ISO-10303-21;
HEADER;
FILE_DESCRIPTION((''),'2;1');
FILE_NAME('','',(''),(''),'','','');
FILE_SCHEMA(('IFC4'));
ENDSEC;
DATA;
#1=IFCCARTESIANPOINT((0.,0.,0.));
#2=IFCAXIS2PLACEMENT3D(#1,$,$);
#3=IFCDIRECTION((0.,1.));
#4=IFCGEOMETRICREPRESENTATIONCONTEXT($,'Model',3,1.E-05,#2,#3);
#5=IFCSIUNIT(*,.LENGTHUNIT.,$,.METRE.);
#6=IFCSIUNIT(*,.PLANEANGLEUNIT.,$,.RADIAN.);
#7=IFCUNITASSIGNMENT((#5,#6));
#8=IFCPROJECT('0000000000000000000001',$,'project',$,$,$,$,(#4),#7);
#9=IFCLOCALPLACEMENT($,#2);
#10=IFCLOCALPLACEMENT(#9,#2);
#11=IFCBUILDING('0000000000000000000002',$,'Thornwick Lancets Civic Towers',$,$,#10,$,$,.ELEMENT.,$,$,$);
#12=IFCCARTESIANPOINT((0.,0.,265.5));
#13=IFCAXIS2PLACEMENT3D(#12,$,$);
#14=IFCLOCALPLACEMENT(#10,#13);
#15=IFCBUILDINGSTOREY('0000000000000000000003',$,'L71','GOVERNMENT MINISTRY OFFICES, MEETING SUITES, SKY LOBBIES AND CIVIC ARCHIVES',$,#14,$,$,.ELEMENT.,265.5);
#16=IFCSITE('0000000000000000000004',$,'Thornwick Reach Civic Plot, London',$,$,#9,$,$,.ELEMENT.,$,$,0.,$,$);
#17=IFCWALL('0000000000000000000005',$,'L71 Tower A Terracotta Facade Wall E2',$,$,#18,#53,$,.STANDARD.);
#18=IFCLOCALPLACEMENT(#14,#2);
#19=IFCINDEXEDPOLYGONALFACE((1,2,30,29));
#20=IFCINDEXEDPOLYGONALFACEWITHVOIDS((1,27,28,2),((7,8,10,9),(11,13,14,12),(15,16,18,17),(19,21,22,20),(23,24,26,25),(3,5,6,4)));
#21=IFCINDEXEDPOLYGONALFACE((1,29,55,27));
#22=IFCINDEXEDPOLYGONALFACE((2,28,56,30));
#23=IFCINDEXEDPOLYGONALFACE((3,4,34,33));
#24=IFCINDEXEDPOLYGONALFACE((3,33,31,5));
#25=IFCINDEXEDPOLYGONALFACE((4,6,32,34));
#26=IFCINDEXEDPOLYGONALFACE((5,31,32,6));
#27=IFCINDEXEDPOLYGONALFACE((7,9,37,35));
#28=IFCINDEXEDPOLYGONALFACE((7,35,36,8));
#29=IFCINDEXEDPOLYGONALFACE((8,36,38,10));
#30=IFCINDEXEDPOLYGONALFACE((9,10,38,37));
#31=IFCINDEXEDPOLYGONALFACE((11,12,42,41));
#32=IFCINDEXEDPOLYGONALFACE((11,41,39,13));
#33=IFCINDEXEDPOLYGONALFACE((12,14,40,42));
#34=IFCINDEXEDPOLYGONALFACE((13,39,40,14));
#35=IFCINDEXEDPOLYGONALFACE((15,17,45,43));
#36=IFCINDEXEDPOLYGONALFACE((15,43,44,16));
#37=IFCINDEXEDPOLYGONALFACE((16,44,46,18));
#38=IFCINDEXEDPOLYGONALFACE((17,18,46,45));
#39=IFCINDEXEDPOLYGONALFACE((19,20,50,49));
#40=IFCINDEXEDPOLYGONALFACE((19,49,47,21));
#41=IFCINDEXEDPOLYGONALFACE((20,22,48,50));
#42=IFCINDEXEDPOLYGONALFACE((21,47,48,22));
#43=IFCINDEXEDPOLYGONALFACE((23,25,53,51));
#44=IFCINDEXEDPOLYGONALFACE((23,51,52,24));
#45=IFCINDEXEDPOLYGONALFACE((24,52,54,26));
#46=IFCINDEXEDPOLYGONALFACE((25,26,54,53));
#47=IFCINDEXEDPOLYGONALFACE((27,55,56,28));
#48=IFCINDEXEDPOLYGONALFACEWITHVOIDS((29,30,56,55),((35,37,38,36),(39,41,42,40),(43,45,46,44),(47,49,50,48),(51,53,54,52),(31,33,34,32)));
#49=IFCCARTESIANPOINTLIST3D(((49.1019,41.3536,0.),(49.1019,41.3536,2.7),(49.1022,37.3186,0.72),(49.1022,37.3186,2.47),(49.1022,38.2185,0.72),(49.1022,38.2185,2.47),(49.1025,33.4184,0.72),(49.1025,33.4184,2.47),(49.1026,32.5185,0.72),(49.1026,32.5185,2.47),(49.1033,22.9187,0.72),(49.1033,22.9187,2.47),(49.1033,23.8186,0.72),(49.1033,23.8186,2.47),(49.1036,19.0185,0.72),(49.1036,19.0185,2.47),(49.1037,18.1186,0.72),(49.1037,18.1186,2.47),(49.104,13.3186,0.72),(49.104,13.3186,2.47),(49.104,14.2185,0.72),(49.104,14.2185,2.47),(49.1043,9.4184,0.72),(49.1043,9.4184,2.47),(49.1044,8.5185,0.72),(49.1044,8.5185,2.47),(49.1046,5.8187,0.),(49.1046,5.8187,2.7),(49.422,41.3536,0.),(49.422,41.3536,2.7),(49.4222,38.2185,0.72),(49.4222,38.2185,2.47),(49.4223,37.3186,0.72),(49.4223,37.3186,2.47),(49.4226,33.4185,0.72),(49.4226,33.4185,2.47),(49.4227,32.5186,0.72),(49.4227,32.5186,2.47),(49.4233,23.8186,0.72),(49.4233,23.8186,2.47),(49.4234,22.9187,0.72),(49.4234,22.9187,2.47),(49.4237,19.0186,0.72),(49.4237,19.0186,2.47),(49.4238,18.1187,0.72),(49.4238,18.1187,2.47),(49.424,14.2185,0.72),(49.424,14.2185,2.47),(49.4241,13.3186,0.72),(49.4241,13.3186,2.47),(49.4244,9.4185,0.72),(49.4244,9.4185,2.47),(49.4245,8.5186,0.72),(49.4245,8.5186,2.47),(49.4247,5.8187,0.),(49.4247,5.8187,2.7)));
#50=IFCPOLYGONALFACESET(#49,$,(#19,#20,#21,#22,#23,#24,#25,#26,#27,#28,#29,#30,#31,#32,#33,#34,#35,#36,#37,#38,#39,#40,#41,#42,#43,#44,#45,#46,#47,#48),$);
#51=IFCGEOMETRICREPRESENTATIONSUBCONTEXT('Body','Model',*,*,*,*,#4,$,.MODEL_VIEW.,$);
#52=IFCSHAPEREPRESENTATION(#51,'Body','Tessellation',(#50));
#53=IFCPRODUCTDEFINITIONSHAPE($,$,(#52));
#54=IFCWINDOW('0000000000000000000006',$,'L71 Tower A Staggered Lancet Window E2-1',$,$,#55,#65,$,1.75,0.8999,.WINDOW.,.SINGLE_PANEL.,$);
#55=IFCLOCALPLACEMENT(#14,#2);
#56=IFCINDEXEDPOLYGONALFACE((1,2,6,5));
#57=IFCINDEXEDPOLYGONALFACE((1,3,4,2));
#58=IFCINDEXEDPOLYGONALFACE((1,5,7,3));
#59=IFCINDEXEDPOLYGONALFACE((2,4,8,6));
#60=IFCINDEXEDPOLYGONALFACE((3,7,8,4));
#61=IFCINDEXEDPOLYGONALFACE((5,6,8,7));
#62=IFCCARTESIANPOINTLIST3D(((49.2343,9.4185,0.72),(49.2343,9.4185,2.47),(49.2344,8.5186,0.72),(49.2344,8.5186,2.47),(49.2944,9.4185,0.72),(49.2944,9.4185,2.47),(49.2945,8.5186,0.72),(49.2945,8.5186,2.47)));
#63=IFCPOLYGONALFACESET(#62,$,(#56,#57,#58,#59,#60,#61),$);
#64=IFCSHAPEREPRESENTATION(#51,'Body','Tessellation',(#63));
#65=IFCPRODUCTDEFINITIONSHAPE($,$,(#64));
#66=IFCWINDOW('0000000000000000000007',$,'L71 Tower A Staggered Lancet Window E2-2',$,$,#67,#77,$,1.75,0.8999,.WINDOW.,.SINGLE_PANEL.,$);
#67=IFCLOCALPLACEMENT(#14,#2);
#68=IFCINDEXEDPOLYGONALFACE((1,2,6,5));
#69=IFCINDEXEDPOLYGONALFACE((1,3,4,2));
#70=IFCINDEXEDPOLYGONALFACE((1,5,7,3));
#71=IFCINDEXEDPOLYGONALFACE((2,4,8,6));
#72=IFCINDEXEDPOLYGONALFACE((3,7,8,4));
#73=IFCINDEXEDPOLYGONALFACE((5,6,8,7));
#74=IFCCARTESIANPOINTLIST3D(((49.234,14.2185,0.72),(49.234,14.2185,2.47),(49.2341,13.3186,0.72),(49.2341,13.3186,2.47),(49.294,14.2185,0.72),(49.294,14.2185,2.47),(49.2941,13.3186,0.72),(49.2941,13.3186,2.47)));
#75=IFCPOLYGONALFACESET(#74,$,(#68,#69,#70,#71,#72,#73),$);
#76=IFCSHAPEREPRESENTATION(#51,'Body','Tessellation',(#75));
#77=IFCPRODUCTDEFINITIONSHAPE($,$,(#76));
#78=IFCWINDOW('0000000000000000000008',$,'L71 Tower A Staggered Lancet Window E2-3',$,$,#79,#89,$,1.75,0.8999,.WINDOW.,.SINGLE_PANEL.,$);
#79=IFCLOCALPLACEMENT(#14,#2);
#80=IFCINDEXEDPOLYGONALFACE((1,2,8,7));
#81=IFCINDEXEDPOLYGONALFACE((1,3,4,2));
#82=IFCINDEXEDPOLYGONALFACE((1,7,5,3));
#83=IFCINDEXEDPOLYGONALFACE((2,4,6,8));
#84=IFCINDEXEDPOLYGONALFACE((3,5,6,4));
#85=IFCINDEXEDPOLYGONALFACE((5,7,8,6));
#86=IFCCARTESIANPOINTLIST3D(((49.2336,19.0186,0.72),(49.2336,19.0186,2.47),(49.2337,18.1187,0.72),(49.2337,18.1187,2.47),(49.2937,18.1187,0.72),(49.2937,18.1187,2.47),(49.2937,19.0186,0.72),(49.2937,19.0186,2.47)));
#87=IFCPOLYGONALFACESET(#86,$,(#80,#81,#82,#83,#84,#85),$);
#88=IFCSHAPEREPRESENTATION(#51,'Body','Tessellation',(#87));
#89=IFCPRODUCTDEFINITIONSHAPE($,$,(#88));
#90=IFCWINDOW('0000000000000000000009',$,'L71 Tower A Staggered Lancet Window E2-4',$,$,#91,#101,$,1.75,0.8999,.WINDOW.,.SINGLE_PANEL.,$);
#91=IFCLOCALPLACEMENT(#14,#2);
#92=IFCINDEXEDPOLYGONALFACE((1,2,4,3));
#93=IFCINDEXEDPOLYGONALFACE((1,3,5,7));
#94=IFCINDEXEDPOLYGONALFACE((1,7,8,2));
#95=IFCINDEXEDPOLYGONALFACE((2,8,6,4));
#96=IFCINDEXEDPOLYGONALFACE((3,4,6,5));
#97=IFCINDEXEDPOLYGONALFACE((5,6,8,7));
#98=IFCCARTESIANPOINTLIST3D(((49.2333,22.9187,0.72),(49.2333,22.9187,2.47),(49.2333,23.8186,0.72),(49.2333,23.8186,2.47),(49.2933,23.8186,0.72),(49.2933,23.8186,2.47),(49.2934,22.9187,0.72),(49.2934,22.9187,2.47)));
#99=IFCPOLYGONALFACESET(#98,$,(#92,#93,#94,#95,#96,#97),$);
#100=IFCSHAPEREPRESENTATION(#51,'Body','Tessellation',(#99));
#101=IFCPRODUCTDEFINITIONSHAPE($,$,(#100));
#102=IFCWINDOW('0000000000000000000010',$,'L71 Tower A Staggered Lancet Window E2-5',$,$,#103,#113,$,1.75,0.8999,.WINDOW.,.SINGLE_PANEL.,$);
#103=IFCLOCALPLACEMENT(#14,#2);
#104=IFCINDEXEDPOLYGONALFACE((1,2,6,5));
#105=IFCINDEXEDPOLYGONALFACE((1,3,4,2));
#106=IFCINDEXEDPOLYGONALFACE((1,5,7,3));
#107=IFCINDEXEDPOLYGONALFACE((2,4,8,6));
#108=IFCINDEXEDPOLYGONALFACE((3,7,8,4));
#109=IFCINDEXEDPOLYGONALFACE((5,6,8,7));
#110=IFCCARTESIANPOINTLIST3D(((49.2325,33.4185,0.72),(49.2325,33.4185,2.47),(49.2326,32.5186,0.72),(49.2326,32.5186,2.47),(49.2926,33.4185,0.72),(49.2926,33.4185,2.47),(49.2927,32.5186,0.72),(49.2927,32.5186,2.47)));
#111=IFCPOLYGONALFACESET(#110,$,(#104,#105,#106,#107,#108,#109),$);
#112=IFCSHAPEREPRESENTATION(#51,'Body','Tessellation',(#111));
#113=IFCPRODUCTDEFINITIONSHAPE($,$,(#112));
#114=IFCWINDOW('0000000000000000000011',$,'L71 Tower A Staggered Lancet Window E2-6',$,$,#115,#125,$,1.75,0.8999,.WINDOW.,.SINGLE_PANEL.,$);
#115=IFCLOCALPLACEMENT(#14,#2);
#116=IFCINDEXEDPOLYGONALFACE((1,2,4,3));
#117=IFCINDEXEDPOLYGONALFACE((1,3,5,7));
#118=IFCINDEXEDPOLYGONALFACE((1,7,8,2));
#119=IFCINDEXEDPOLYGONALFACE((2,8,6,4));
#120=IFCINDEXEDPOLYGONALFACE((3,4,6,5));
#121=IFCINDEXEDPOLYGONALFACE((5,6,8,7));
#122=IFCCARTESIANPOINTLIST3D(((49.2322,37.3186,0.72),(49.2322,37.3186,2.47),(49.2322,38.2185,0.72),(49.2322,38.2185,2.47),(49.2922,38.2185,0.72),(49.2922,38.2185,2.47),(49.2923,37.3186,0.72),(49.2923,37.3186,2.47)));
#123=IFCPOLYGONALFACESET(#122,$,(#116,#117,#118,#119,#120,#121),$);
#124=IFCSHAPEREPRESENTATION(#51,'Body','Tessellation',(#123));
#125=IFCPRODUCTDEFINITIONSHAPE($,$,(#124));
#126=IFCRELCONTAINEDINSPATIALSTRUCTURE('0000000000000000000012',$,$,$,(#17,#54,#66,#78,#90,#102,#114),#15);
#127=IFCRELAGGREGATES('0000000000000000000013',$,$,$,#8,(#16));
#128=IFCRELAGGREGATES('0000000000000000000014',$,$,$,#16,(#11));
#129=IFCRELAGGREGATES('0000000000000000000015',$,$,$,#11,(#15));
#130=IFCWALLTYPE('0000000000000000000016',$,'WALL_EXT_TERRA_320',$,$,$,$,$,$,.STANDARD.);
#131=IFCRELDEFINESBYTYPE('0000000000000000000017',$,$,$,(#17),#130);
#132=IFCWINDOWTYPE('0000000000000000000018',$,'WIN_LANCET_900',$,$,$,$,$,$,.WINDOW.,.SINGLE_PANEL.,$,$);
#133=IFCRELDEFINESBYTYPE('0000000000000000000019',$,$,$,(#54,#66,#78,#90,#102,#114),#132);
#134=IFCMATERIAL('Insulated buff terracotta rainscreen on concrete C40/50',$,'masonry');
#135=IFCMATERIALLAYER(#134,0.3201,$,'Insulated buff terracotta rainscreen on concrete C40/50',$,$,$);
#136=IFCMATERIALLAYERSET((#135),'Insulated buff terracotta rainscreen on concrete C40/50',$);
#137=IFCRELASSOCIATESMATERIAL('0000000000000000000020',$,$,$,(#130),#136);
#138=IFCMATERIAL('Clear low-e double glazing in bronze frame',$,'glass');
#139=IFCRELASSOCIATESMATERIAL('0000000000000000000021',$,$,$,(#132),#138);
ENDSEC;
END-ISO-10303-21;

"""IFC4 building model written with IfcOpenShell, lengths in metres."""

from ifc_helpers import new_model, si_unit, direction, frame, frame_2d, origin, place, context, subcontext, project, spatial, rectangle, extrude, material, layer, layer_set, type_object, element, fill, save


model = new_model("IFC4")

# Units and contexts
model_context = context("Model", 3, precision=1e-05, world=origin(), true_north=direction((0.0, 1.0)))
body_context = subcontext(model_context, "Body", "Model", "MODEL_VIEW")
ifc_project = project(units=[si_unit("LENGTHUNIT", "METRE"), si_unit("PLANEANGLEUNIT", "RADIAN")], contexts=[model_context])

# Site, building, storey
site_placement = place(None, origin())
site = spatial("IfcSite", under=ifc_project, at=site_placement, Name="Thornwick Reach Civic Plot, London", CompositionType="ELEMENT", RefElevation=0.0)
building_placement = place(site_placement, origin())
building = spatial("IfcBuilding", under=site, at=building_placement, Name="Thornwick Lancets Civic Towers", CompositionType="ELEMENT")
storey_placement = place(building_placement, frame((0.0, 0.0, 265.5)))
storey = spatial("IfcBuildingStorey", under=building, at=storey_placement, Name="L71", Description="GOVERNMENT MINISTRY OFFICES, MEETING SUITES, SKY LOBBIES AND CIVIC ARCHIVES", CompositionType="ELEMENT", Elevation=265.5)

# Wall, openings, windows
ifc_material_1 = material(Name="Insulated buff terracotta rainscreen on concrete C40/50", Category="masonry")
ifc_layer_1 = layer(ifc_material_1, 0.3201, Name="Insulated buff terracotta rainscreen on concrete C40/50")
ifc_layer_set_1 = layer_set([ifc_layer_1], Name="Insulated buff terracotta rainscreen on concrete C40/50")
wall_type_1 = type_object("IfcWallType", Name="WALL_EXT_TERRA_320", PredefinedType="STANDARD", material=ifc_layer_set_1)
wall_1_placement = place(storey_placement, frame((49.2646, 5.8186, 0.0), z_axis=(0.0, 0.0, 1.0), x_axis=(-0.000076, 1.0, 0.0)))
wall_1 = element("IfcWall", 1, at=wall_1_placement, inside=storey, type_object=wall_type_1, Name="L71 Tower A Terracotta Facade Wall E2", PredefinedType="STANDARD", context=body_context, shape_type="SweptSolid", body=[
    extrude(rectangle(XDim=35.5349, YDim=0.3201, at=frame_2d((17.7676, 0.0))), origin(), (0.0, 0.0, 1.0), 2.7),
])
opening_1_placement = place(wall_1_placement, frame((2.7, 0.0, 0.72)))
opening_1 = element("IfcOpeningElement", 2, at=opening_1_placement, cuts=wall_1, PredefinedType="OPENING", context=body_context, shape_type="SweptSolid", body=[
    extrude(rectangle(XDim=0.8999, YDim=1.75, at=frame_2d((0.45, 0.875))), frame((0.0, 0.1699, 0.0), z_axis=(0.0, -1.0, 0.0), x_axis=(1.0, 0.0, 0.0)), (0.0, 0.0, 1.0), 0.3401),
])
opening_2_placement = place(wall_1_placement, frame((7.5, 0.0, 0.72)))
opening_2 = element("IfcOpeningElement", 3, at=opening_2_placement, cuts=wall_1, PredefinedType="OPENING", context=body_context, shape_type="SweptSolid", body=[
    extrude(rectangle(XDim=0.8999, YDim=1.75, at=frame_2d((0.45, 0.875))), frame((0.0, 0.1699, 0.0), z_axis=(0.0, -1.0, 0.0), x_axis=(1.0, 0.0, 0.0)), (0.0, 0.0, 1.0), 0.3401),
])
opening_3_placement = place(wall_1_placement, frame((12.3, 0.0, 0.72)))
opening_3 = element("IfcOpeningElement", 4, at=opening_3_placement, cuts=wall_1, PredefinedType="OPENING", context=body_context, shape_type="SweptSolid", body=[
    extrude(rectangle(XDim=0.8999, YDim=1.75, at=frame_2d((0.45, 0.875))), frame((0.0, 0.1699, 0.0), z_axis=(0.0, -1.0, 0.0), x_axis=(1.0, 0.0, 0.0)), (0.0, 0.0, 1.0), 0.3401),
])
opening_4_placement = place(wall_1_placement, frame((17.1001, 0.0, 0.72)))
opening_4 = element("IfcOpeningElement", 5, at=opening_4_placement, cuts=wall_1, PredefinedType="OPENING", context=body_context, shape_type="SweptSolid", body=[
    extrude(rectangle(XDim=0.8999, YDim=1.75, at=frame_2d((0.45, 0.875))), frame((0.0, 0.1699, 0.0), z_axis=(0.0, -1.0, 0.0), x_axis=(1.0, 0.0, 0.0)), (0.0, 0.0, 1.0), 0.3401),
])
opening_5_placement = place(wall_1_placement, frame((26.7, 0.0, 0.72)))
opening_5 = element("IfcOpeningElement", 6, at=opening_5_placement, cuts=wall_1, PredefinedType="OPENING", context=body_context, shape_type="SweptSolid", body=[
    extrude(rectangle(XDim=0.8999, YDim=1.75, at=frame_2d((0.45, 0.875))), frame((0.0, 0.1699, 0.0), z_axis=(0.0, -1.0, 0.0), x_axis=(1.0, 0.0, 0.0)), (0.0, 0.0, 1.0), 0.3401),
])
opening_6_placement = place(wall_1_placement, frame((31.5, 0.0, 0.72)))
opening_6 = element("IfcOpeningElement", 7, at=opening_6_placement, cuts=wall_1, PredefinedType="OPENING", context=body_context, shape_type="SweptSolid", body=[
    extrude(rectangle(XDim=0.8999, YDim=1.75, at=frame_2d((0.45, 0.875))), frame((0.0, 0.1699, 0.0), z_axis=(0.0, -1.0, 0.0), x_axis=(1.0, 0.0, 0.0)), (0.0, 0.0, 1.0), 0.3401),
])
ifc_material_2 = material(Name="Clear low-e double glazing in bronze frame", Category="glass")
window_type = type_object("IfcWindowType", Name="WIN_LANCET_900", PartitioningType="SINGLE_PANEL", PredefinedType="WINDOW", material=ifc_material_2)
window_1_placement = place(opening_1_placement, origin())
window_1 = element("IfcWindow", 8, at=window_1_placement, inside=storey, type_object=window_type, Name="L71 Tower A Staggered Lancet Window E2-1", OverallHeight=1.75, OverallWidth=0.8999, PartitioningType="SINGLE_PANEL", PredefinedType="WINDOW", context=body_context, shape_type="SweptSolid", body=[
    extrude(rectangle(XDim=0.8999, YDim=1.75, at=frame_2d((0.45, 0.875))), frame((0.0, 0.03, 0.0), z_axis=(0.0, -1.0, 0.0), x_axis=(1.0, 0.0, 0.0)), (0.0, 0.0, 1.0), 0.0601),
])
fill(opening_1, window_1)
window_2_placement = place(opening_2_placement, origin())
window_2 = element("IfcWindow", 9, at=window_2_placement, inside=storey, type_object=window_type, Name="L71 Tower A Staggered Lancet Window E2-2", OverallHeight=1.75, OverallWidth=0.8999, PartitioningType="SINGLE_PANEL", PredefinedType="WINDOW", context=body_context, shape_type="SweptSolid", body=[
    extrude(rectangle(XDim=0.8999, YDim=1.75, at=frame_2d((0.45, 0.875))), frame((0.0, 0.03, 0.0), z_axis=(0.0, -1.0, 0.0), x_axis=(1.0, 0.0, 0.0)), (0.0, 0.0, 1.0), 0.0601),
])
fill(opening_2, window_2)
window_3_placement = place(opening_3_placement, origin())
window_3 = element("IfcWindow", 10, at=window_3_placement, inside=storey, type_object=window_type, Name="L71 Tower A Staggered Lancet Window E2-3", OverallHeight=1.75, OverallWidth=0.8999, PartitioningType="SINGLE_PANEL", PredefinedType="WINDOW", context=body_context, shape_type="SweptSolid", body=[
    extrude(rectangle(XDim=0.8999, YDim=1.75, at=frame_2d((0.45, 0.875))), frame((0.0, 0.03, 0.0), z_axis=(0.0, -1.0, 0.0), x_axis=(1.0, 0.0, 0.0)), (0.0, 0.0, 1.0), 0.0601),
])
fill(opening_3, window_3)
window_4_placement = place(opening_4_placement, origin())
window_4 = element("IfcWindow", 11, at=window_4_placement, inside=storey, type_object=window_type, Name="L71 Tower A Staggered Lancet Window E2-4", OverallHeight=1.75, OverallWidth=0.8999, PartitioningType="SINGLE_PANEL", PredefinedType="WINDOW", context=body_context, shape_type="SweptSolid", body=[
    extrude(rectangle(XDim=0.8999, YDim=1.75, at=frame_2d((0.45, 0.875))), frame((0.0, 0.03, 0.0), z_axis=(0.0, -1.0, 0.0), x_axis=(1.0, 0.0, 0.0)), (0.0, 0.0, 1.0), 0.0601),
])
fill(opening_4, window_4)
window_5_placement = place(opening_5_placement, origin())
window_5 = element("IfcWindow", 12, at=window_5_placement, inside=storey, type_object=window_type, Name="L71 Tower A Staggered Lancet Window E2-5", OverallHeight=1.75, OverallWidth=0.8999, PartitioningType="SINGLE_PANEL", PredefinedType="WINDOW", context=body_context, shape_type="SweptSolid", body=[
    extrude(rectangle(XDim=0.8999, YDim=1.75, at=frame_2d((0.45, 0.875))), frame((0.0, 0.03, 0.0), z_axis=(0.0, -1.0, 0.0), x_axis=(1.0, 0.0, 0.0)), (0.0, 0.0, 1.0), 0.0601),
])
fill(opening_5, window_5)
window_6_placement = place(opening_6_placement, origin())
window_6 = element("IfcWindow", 13, at=window_6_placement, inside=storey, type_object=window_type, Name="L71 Tower A Staggered Lancet Window E2-6", OverallHeight=1.75, OverallWidth=0.8999, PartitioningType="SINGLE_PANEL", PredefinedType="WINDOW", context=body_context, shape_type="SweptSolid", body=[
    extrude(rectangle(XDim=0.8999, YDim=1.75, at=frame_2d((0.45, 0.875))), frame((0.0, 0.03, 0.0), z_axis=(0.0, -1.0, 0.0), x_axis=(1.0, 0.0, 0.0)), (0.0, 0.0, 1.0), 0.0601),
])
fill(opening_6, window_6)

save(model, "model.ifc")
